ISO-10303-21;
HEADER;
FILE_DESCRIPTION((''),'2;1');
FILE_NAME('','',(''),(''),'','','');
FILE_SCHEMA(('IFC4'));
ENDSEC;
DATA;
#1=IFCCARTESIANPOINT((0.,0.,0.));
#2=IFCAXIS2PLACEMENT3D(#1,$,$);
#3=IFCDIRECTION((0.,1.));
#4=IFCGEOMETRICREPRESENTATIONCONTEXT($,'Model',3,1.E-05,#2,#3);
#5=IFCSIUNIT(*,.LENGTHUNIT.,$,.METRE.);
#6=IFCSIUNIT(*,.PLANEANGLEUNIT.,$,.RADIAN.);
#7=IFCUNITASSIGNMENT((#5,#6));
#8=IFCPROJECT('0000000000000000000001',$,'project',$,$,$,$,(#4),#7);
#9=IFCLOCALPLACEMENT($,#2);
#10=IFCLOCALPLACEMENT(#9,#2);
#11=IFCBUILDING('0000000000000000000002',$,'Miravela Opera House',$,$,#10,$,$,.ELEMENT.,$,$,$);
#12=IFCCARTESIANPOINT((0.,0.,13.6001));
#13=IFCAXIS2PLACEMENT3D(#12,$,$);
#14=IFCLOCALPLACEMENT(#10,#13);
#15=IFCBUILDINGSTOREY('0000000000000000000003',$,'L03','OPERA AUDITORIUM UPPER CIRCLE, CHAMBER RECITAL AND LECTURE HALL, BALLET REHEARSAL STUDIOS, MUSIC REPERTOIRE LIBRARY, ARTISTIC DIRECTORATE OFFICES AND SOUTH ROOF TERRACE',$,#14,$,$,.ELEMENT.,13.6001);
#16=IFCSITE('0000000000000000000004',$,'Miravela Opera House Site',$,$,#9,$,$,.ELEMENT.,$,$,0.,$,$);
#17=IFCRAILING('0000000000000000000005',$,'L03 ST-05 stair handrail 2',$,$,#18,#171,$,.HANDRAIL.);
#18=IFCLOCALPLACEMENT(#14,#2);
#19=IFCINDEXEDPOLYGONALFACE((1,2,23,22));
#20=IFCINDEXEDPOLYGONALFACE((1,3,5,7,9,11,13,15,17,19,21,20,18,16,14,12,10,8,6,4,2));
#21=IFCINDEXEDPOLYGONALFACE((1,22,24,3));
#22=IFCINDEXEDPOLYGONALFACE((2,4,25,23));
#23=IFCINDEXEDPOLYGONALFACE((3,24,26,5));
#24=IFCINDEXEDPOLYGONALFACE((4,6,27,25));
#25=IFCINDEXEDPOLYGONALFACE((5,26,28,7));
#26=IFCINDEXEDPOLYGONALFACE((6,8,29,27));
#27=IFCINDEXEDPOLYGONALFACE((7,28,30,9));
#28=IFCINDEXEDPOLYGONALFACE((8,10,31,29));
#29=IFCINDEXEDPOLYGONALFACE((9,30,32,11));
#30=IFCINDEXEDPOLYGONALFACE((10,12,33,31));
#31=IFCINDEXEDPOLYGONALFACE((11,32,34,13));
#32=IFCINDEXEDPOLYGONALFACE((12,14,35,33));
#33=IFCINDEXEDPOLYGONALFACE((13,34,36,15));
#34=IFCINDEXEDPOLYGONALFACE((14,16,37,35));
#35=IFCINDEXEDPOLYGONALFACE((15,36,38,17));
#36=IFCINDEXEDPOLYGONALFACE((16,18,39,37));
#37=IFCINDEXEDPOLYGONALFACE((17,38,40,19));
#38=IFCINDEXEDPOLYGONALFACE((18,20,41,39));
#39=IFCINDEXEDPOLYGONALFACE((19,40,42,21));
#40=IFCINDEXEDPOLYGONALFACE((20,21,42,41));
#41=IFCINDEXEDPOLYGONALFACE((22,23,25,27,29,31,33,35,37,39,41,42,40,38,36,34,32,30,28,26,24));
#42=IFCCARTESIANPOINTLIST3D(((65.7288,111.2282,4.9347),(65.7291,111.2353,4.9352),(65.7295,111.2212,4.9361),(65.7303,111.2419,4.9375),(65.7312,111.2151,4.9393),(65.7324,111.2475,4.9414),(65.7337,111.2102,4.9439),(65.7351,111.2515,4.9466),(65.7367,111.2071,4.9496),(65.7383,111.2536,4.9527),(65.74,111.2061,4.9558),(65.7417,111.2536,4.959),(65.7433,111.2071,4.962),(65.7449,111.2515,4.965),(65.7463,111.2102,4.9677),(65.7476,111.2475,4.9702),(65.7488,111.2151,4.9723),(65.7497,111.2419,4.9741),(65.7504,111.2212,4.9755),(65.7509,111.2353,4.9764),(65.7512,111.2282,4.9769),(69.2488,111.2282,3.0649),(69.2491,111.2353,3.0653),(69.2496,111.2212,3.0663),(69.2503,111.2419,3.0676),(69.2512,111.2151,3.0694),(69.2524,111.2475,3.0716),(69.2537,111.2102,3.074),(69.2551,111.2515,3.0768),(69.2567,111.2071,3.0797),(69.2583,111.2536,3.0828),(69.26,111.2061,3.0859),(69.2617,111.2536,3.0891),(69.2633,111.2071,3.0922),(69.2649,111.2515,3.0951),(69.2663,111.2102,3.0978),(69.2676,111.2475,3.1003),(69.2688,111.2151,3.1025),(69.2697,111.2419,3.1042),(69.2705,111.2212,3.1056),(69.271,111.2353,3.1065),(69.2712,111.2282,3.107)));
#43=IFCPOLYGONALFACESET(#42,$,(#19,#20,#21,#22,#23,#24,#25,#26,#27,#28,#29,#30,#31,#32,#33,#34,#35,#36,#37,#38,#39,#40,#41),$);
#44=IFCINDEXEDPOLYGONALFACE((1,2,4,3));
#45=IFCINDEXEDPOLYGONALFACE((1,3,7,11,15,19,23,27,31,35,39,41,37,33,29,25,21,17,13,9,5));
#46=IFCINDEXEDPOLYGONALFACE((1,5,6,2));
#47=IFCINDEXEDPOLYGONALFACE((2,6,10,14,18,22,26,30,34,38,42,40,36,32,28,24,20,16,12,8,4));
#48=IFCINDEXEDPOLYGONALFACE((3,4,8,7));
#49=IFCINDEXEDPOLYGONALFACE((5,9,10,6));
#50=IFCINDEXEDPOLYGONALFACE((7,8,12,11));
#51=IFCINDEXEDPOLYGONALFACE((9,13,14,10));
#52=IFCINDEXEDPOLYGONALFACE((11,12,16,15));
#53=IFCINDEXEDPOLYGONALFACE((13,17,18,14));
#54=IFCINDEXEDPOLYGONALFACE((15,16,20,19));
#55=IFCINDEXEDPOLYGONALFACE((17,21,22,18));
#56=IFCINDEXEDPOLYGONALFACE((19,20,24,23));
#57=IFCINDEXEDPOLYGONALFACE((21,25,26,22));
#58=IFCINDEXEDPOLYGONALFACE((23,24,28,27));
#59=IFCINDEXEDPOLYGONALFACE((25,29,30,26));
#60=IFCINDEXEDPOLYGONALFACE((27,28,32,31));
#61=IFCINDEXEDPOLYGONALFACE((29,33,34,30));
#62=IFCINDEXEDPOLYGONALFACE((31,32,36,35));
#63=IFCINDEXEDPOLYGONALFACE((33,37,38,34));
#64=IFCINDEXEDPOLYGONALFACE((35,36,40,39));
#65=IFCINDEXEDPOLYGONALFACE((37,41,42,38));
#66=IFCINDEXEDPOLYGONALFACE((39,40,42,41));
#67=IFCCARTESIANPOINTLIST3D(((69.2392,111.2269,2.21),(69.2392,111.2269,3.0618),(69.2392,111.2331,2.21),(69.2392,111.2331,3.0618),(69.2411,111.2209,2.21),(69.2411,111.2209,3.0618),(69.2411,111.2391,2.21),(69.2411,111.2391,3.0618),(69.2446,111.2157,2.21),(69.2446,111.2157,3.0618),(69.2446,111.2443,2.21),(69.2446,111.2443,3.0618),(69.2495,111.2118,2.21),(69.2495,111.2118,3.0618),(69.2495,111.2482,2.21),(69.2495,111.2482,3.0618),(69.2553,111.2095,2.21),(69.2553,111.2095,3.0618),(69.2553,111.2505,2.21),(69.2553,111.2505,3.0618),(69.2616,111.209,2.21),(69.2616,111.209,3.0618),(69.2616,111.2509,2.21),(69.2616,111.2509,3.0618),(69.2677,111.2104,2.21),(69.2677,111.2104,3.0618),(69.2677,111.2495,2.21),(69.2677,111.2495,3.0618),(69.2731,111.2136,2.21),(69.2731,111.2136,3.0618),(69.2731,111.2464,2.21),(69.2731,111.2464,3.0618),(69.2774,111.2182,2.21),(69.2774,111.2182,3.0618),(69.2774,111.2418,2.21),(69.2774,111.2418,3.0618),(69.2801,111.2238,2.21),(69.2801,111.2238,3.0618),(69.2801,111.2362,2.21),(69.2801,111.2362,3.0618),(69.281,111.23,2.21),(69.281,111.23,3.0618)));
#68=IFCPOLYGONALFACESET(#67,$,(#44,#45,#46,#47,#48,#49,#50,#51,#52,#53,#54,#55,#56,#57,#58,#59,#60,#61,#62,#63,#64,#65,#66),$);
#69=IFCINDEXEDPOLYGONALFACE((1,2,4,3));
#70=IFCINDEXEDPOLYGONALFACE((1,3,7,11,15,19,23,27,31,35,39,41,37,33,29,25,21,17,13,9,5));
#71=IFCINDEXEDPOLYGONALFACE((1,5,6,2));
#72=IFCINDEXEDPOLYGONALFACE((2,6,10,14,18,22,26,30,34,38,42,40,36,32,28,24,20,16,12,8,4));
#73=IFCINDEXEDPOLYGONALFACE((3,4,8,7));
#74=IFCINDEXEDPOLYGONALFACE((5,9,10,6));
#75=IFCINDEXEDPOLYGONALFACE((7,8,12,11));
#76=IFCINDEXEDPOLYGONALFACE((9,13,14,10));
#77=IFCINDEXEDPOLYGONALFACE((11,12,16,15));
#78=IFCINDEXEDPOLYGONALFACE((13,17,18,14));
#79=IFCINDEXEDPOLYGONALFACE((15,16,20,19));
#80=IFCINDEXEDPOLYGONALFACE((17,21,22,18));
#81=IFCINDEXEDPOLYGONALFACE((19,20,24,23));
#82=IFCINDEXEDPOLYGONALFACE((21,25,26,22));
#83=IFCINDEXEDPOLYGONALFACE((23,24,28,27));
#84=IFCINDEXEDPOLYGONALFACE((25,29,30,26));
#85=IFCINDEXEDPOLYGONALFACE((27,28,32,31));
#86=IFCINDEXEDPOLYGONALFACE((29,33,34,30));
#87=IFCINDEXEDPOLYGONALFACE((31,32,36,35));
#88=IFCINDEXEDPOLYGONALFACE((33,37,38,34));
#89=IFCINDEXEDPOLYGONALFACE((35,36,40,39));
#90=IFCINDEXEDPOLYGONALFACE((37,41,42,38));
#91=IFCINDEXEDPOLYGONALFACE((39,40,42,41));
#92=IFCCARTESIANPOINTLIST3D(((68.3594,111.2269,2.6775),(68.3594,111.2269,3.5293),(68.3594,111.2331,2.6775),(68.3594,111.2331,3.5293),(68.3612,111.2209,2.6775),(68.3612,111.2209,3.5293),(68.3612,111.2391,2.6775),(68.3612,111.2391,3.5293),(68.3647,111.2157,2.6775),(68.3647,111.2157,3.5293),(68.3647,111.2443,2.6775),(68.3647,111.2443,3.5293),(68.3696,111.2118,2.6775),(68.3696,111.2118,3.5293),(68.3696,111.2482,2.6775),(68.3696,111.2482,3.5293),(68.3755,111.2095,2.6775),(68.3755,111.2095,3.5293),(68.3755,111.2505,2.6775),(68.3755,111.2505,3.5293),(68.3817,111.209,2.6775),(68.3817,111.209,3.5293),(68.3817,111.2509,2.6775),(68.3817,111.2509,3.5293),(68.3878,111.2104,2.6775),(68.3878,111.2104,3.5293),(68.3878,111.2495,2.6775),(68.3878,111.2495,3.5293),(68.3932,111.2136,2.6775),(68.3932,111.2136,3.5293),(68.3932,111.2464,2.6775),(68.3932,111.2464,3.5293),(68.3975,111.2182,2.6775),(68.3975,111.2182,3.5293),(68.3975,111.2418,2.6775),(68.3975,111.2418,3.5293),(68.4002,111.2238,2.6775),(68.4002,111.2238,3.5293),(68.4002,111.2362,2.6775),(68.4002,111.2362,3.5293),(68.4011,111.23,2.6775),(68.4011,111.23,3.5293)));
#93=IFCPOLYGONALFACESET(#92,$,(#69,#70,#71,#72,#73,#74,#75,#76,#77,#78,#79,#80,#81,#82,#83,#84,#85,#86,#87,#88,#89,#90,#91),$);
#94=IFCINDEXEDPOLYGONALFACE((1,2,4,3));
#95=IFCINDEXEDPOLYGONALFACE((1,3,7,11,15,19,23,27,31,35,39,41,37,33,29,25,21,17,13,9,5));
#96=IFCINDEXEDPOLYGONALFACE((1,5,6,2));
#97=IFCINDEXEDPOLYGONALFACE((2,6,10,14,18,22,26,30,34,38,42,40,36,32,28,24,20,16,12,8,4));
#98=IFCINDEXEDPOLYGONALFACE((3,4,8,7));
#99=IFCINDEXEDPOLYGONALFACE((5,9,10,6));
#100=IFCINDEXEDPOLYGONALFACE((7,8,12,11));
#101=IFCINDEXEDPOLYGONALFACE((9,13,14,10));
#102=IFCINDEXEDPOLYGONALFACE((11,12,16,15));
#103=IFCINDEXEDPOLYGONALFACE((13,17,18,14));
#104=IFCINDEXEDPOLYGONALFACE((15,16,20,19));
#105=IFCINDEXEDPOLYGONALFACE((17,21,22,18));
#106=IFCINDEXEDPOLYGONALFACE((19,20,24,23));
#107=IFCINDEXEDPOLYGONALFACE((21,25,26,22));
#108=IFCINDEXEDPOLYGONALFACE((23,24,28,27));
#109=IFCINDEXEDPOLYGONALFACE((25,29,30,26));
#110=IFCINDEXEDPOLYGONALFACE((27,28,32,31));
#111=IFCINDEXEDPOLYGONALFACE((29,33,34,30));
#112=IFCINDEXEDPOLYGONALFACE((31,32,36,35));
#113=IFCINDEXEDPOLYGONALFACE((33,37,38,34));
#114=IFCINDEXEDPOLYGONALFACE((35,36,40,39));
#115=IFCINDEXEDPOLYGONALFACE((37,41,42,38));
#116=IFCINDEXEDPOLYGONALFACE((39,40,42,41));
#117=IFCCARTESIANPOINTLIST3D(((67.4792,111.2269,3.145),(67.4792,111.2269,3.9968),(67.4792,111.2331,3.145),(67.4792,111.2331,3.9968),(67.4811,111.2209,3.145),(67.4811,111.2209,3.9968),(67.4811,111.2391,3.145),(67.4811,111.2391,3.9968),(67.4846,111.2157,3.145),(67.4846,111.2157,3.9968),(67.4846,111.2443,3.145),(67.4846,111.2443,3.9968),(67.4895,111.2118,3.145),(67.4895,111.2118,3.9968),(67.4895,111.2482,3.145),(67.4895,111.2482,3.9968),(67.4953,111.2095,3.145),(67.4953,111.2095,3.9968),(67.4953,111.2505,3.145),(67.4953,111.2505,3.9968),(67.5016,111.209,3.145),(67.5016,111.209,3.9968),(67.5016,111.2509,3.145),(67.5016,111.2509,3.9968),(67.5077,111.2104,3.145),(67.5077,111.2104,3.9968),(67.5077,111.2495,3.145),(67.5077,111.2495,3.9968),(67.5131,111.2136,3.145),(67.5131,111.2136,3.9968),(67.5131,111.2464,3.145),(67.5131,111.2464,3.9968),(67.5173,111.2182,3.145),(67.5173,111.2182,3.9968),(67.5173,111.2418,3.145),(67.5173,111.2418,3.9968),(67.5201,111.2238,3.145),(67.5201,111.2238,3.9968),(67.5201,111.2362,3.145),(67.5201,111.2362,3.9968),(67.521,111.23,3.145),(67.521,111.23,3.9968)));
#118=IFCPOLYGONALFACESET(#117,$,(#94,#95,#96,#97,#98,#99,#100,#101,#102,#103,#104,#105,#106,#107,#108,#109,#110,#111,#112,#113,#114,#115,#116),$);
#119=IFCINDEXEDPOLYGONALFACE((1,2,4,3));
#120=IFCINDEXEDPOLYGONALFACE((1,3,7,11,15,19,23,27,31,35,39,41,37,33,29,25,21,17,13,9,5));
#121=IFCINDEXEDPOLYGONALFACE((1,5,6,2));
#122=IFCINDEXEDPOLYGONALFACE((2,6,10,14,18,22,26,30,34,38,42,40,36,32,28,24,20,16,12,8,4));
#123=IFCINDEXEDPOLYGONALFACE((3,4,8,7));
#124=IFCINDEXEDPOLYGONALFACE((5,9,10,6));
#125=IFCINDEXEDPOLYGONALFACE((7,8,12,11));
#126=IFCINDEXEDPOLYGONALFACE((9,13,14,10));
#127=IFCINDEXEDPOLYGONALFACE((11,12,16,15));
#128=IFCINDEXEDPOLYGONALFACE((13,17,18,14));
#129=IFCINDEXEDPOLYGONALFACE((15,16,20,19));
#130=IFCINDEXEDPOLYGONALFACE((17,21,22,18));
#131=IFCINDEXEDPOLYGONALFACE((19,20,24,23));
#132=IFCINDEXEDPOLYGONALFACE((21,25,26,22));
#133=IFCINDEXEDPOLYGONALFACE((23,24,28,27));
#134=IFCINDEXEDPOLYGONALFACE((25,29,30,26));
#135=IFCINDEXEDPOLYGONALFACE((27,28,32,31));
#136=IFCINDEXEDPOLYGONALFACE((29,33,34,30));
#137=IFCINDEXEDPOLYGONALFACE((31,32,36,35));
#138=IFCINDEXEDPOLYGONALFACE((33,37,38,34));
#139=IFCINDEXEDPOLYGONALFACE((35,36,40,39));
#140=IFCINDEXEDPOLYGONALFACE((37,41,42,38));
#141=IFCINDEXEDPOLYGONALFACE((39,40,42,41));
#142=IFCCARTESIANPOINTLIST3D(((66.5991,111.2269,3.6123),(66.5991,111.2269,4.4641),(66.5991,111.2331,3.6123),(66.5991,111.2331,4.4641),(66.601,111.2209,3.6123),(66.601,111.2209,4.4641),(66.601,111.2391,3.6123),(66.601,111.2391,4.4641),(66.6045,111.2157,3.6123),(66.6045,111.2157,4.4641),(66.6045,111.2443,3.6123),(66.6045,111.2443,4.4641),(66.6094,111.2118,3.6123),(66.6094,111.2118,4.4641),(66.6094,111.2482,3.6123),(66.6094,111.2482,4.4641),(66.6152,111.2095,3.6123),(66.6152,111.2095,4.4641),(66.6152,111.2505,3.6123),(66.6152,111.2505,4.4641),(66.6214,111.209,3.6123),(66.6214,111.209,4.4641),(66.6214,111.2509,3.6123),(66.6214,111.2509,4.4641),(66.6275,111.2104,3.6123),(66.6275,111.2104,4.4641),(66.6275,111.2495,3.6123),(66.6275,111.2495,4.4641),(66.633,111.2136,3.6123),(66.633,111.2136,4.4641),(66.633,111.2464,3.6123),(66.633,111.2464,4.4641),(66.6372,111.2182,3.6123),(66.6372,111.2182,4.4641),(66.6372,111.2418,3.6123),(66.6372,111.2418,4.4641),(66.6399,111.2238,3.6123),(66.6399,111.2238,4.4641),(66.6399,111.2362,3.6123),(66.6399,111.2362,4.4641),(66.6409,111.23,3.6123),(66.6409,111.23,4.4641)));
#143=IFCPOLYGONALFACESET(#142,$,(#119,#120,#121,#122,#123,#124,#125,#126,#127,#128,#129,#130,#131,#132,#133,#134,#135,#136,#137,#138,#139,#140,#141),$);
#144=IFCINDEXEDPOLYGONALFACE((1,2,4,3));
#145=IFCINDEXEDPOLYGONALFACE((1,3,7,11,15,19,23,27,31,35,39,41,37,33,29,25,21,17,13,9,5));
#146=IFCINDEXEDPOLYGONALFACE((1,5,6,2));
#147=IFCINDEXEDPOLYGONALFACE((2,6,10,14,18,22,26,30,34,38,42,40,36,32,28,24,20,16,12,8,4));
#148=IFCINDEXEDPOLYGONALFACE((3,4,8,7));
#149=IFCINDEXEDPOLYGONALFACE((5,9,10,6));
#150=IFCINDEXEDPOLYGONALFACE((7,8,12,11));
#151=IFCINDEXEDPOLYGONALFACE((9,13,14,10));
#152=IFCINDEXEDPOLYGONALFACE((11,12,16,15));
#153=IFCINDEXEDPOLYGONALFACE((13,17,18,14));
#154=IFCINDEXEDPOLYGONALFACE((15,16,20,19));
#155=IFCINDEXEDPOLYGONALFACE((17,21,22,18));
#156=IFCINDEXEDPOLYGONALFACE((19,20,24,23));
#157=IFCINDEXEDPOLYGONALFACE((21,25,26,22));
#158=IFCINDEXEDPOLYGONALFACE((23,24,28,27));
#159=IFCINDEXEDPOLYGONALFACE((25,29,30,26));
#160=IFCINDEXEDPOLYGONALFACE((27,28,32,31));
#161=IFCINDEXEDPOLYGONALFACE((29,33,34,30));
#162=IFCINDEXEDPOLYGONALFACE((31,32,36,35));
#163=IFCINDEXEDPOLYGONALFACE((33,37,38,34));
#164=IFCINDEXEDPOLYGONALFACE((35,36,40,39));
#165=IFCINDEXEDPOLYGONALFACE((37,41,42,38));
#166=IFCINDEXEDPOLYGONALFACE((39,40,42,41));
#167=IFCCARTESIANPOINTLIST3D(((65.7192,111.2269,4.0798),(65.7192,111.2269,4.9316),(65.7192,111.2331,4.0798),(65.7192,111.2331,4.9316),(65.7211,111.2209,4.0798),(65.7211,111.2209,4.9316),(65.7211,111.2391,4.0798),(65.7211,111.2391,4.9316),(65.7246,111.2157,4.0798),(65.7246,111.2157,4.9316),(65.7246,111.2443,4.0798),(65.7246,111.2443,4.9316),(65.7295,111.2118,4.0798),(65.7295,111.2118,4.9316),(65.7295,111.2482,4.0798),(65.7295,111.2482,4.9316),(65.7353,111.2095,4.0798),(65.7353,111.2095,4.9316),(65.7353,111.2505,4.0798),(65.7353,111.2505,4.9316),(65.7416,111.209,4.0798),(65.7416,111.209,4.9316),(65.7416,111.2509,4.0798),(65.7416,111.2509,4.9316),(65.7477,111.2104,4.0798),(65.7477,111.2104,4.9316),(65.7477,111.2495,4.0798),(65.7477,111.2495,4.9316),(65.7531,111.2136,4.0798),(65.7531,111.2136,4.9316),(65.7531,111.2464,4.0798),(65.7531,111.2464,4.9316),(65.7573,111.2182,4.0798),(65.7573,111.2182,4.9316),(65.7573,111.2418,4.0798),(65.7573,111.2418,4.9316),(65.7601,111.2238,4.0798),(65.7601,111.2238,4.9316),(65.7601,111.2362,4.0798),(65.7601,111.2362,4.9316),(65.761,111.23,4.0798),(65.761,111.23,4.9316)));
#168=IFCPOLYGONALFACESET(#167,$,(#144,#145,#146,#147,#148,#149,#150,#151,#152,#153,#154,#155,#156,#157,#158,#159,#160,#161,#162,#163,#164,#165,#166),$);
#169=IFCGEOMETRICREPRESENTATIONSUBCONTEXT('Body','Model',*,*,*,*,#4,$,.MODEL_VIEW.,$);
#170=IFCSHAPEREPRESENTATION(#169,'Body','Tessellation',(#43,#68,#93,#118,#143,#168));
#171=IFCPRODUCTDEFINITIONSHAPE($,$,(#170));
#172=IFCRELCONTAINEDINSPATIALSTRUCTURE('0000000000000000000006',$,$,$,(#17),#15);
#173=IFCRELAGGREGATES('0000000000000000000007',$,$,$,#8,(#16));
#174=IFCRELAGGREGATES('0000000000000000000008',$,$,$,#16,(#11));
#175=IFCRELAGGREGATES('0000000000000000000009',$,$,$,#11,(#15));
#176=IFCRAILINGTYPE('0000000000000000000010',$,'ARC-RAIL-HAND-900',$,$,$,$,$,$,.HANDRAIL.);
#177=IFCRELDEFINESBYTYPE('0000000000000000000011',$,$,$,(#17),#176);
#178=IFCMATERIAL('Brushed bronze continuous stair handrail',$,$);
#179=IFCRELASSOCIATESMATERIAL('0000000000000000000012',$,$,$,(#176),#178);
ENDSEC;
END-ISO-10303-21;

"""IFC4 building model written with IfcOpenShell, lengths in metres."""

from ifc_helpers import new_model, si_unit, direction, frame, origin, origin_2d, place, context, subcontext, project, spatial, circle, extrude, material, type_object, element, save


model = new_model("IFC4")

# Units and contexts
model_context = context("Model", 3, precision=1e-05, world=origin(), true_north=direction((0.0, 1.0)))
body_context = subcontext(model_context, "Body", "Model", "MODEL_VIEW")
ifc_project = project(units=[si_unit("LENGTHUNIT", "METRE"), si_unit("PLANEANGLEUNIT", "RADIAN")], contexts=[model_context])

# Site, building, storey
site_placement = place(None, origin())
site = spatial("IfcSite", under=ifc_project, at=site_placement, Name="Miravela Opera House Site", CompositionType="ELEMENT", RefElevation=0.0)
building_placement = place(site_placement, origin())
building = spatial("IfcBuilding", under=site, at=building_placement, Name="Miravela Opera House", CompositionType="ELEMENT")
storey_placement = place(building_placement, frame((0.0, 0.0, 13.6001)))
storey = spatial("IfcBuildingStorey", under=building, at=storey_placement, Name="L03", Description="OPERA AUDITORIUM UPPER CIRCLE, CHAMBER RECITAL AND LECTURE HALL, BALLET REHEARSAL STUDIOS, MUSIC REPERTOIRE LIBRARY, ARTISTIC DIRECTORATE OFFICES AND SOUTH ROOF TERRACE", CompositionType="ELEMENT", Elevation=13.6001)

# Railing
ifc_material_1 = material(Name="Brushed bronze continuous stair handrail")
railing_type_1 = type_object("IfcRailingType", Name="ARC-RAIL-HAND-900", PredefinedType="HANDRAIL", material=ifc_material_1)
railing_1_placement = place(storey_placement, frame((69.26, 111.23, 2.21)))
element("IfcRailing", 1, at=railing_1_placement, inside=storey, type_object=railing_type_1, Name="L03 ST-05 stair handrail 2", PredefinedType="HANDRAIL", context=body_context, shape_type="SweptSolid", body=[
    extrude(circle(Radius=0.0239, at=origin_2d()), frame((0.0, 0.0, 0.876), z_axis=(-0.88313, 0.0, 0.469128), x_axis=(0.0, -1.0, 0.0)), (0.0, 0.0, 1.0), 3.9858),
    extrude(circle(Radius=0.021, at=origin_2d()), origin(), (0.0, 0.0, 1.0), 0.8518),
    extrude(circle(Radius=0.021, at=origin_2d()), frame((-0.8799, 0.0, 0.4675)), (0.0, 0.0, 1.0), 0.8518),
    extrude(circle(Radius=0.021, at=origin_2d()), frame((-1.76, 0.0, 0.9351)), (0.0, 0.0, 1.0), 0.8518),
    extrude(circle(Radius=0.021, at=origin_2d()), frame((-2.6401, 0.0, 1.4023)), (0.0, 0.0, 1.0), 0.8518),
    extrude(circle(Radius=0.021, at=origin_2d()), frame((-3.52, 0.0, 1.8699)), (0.0, 0.0, 1.0), 0.8518),
])

save(model, "model.ifc")
